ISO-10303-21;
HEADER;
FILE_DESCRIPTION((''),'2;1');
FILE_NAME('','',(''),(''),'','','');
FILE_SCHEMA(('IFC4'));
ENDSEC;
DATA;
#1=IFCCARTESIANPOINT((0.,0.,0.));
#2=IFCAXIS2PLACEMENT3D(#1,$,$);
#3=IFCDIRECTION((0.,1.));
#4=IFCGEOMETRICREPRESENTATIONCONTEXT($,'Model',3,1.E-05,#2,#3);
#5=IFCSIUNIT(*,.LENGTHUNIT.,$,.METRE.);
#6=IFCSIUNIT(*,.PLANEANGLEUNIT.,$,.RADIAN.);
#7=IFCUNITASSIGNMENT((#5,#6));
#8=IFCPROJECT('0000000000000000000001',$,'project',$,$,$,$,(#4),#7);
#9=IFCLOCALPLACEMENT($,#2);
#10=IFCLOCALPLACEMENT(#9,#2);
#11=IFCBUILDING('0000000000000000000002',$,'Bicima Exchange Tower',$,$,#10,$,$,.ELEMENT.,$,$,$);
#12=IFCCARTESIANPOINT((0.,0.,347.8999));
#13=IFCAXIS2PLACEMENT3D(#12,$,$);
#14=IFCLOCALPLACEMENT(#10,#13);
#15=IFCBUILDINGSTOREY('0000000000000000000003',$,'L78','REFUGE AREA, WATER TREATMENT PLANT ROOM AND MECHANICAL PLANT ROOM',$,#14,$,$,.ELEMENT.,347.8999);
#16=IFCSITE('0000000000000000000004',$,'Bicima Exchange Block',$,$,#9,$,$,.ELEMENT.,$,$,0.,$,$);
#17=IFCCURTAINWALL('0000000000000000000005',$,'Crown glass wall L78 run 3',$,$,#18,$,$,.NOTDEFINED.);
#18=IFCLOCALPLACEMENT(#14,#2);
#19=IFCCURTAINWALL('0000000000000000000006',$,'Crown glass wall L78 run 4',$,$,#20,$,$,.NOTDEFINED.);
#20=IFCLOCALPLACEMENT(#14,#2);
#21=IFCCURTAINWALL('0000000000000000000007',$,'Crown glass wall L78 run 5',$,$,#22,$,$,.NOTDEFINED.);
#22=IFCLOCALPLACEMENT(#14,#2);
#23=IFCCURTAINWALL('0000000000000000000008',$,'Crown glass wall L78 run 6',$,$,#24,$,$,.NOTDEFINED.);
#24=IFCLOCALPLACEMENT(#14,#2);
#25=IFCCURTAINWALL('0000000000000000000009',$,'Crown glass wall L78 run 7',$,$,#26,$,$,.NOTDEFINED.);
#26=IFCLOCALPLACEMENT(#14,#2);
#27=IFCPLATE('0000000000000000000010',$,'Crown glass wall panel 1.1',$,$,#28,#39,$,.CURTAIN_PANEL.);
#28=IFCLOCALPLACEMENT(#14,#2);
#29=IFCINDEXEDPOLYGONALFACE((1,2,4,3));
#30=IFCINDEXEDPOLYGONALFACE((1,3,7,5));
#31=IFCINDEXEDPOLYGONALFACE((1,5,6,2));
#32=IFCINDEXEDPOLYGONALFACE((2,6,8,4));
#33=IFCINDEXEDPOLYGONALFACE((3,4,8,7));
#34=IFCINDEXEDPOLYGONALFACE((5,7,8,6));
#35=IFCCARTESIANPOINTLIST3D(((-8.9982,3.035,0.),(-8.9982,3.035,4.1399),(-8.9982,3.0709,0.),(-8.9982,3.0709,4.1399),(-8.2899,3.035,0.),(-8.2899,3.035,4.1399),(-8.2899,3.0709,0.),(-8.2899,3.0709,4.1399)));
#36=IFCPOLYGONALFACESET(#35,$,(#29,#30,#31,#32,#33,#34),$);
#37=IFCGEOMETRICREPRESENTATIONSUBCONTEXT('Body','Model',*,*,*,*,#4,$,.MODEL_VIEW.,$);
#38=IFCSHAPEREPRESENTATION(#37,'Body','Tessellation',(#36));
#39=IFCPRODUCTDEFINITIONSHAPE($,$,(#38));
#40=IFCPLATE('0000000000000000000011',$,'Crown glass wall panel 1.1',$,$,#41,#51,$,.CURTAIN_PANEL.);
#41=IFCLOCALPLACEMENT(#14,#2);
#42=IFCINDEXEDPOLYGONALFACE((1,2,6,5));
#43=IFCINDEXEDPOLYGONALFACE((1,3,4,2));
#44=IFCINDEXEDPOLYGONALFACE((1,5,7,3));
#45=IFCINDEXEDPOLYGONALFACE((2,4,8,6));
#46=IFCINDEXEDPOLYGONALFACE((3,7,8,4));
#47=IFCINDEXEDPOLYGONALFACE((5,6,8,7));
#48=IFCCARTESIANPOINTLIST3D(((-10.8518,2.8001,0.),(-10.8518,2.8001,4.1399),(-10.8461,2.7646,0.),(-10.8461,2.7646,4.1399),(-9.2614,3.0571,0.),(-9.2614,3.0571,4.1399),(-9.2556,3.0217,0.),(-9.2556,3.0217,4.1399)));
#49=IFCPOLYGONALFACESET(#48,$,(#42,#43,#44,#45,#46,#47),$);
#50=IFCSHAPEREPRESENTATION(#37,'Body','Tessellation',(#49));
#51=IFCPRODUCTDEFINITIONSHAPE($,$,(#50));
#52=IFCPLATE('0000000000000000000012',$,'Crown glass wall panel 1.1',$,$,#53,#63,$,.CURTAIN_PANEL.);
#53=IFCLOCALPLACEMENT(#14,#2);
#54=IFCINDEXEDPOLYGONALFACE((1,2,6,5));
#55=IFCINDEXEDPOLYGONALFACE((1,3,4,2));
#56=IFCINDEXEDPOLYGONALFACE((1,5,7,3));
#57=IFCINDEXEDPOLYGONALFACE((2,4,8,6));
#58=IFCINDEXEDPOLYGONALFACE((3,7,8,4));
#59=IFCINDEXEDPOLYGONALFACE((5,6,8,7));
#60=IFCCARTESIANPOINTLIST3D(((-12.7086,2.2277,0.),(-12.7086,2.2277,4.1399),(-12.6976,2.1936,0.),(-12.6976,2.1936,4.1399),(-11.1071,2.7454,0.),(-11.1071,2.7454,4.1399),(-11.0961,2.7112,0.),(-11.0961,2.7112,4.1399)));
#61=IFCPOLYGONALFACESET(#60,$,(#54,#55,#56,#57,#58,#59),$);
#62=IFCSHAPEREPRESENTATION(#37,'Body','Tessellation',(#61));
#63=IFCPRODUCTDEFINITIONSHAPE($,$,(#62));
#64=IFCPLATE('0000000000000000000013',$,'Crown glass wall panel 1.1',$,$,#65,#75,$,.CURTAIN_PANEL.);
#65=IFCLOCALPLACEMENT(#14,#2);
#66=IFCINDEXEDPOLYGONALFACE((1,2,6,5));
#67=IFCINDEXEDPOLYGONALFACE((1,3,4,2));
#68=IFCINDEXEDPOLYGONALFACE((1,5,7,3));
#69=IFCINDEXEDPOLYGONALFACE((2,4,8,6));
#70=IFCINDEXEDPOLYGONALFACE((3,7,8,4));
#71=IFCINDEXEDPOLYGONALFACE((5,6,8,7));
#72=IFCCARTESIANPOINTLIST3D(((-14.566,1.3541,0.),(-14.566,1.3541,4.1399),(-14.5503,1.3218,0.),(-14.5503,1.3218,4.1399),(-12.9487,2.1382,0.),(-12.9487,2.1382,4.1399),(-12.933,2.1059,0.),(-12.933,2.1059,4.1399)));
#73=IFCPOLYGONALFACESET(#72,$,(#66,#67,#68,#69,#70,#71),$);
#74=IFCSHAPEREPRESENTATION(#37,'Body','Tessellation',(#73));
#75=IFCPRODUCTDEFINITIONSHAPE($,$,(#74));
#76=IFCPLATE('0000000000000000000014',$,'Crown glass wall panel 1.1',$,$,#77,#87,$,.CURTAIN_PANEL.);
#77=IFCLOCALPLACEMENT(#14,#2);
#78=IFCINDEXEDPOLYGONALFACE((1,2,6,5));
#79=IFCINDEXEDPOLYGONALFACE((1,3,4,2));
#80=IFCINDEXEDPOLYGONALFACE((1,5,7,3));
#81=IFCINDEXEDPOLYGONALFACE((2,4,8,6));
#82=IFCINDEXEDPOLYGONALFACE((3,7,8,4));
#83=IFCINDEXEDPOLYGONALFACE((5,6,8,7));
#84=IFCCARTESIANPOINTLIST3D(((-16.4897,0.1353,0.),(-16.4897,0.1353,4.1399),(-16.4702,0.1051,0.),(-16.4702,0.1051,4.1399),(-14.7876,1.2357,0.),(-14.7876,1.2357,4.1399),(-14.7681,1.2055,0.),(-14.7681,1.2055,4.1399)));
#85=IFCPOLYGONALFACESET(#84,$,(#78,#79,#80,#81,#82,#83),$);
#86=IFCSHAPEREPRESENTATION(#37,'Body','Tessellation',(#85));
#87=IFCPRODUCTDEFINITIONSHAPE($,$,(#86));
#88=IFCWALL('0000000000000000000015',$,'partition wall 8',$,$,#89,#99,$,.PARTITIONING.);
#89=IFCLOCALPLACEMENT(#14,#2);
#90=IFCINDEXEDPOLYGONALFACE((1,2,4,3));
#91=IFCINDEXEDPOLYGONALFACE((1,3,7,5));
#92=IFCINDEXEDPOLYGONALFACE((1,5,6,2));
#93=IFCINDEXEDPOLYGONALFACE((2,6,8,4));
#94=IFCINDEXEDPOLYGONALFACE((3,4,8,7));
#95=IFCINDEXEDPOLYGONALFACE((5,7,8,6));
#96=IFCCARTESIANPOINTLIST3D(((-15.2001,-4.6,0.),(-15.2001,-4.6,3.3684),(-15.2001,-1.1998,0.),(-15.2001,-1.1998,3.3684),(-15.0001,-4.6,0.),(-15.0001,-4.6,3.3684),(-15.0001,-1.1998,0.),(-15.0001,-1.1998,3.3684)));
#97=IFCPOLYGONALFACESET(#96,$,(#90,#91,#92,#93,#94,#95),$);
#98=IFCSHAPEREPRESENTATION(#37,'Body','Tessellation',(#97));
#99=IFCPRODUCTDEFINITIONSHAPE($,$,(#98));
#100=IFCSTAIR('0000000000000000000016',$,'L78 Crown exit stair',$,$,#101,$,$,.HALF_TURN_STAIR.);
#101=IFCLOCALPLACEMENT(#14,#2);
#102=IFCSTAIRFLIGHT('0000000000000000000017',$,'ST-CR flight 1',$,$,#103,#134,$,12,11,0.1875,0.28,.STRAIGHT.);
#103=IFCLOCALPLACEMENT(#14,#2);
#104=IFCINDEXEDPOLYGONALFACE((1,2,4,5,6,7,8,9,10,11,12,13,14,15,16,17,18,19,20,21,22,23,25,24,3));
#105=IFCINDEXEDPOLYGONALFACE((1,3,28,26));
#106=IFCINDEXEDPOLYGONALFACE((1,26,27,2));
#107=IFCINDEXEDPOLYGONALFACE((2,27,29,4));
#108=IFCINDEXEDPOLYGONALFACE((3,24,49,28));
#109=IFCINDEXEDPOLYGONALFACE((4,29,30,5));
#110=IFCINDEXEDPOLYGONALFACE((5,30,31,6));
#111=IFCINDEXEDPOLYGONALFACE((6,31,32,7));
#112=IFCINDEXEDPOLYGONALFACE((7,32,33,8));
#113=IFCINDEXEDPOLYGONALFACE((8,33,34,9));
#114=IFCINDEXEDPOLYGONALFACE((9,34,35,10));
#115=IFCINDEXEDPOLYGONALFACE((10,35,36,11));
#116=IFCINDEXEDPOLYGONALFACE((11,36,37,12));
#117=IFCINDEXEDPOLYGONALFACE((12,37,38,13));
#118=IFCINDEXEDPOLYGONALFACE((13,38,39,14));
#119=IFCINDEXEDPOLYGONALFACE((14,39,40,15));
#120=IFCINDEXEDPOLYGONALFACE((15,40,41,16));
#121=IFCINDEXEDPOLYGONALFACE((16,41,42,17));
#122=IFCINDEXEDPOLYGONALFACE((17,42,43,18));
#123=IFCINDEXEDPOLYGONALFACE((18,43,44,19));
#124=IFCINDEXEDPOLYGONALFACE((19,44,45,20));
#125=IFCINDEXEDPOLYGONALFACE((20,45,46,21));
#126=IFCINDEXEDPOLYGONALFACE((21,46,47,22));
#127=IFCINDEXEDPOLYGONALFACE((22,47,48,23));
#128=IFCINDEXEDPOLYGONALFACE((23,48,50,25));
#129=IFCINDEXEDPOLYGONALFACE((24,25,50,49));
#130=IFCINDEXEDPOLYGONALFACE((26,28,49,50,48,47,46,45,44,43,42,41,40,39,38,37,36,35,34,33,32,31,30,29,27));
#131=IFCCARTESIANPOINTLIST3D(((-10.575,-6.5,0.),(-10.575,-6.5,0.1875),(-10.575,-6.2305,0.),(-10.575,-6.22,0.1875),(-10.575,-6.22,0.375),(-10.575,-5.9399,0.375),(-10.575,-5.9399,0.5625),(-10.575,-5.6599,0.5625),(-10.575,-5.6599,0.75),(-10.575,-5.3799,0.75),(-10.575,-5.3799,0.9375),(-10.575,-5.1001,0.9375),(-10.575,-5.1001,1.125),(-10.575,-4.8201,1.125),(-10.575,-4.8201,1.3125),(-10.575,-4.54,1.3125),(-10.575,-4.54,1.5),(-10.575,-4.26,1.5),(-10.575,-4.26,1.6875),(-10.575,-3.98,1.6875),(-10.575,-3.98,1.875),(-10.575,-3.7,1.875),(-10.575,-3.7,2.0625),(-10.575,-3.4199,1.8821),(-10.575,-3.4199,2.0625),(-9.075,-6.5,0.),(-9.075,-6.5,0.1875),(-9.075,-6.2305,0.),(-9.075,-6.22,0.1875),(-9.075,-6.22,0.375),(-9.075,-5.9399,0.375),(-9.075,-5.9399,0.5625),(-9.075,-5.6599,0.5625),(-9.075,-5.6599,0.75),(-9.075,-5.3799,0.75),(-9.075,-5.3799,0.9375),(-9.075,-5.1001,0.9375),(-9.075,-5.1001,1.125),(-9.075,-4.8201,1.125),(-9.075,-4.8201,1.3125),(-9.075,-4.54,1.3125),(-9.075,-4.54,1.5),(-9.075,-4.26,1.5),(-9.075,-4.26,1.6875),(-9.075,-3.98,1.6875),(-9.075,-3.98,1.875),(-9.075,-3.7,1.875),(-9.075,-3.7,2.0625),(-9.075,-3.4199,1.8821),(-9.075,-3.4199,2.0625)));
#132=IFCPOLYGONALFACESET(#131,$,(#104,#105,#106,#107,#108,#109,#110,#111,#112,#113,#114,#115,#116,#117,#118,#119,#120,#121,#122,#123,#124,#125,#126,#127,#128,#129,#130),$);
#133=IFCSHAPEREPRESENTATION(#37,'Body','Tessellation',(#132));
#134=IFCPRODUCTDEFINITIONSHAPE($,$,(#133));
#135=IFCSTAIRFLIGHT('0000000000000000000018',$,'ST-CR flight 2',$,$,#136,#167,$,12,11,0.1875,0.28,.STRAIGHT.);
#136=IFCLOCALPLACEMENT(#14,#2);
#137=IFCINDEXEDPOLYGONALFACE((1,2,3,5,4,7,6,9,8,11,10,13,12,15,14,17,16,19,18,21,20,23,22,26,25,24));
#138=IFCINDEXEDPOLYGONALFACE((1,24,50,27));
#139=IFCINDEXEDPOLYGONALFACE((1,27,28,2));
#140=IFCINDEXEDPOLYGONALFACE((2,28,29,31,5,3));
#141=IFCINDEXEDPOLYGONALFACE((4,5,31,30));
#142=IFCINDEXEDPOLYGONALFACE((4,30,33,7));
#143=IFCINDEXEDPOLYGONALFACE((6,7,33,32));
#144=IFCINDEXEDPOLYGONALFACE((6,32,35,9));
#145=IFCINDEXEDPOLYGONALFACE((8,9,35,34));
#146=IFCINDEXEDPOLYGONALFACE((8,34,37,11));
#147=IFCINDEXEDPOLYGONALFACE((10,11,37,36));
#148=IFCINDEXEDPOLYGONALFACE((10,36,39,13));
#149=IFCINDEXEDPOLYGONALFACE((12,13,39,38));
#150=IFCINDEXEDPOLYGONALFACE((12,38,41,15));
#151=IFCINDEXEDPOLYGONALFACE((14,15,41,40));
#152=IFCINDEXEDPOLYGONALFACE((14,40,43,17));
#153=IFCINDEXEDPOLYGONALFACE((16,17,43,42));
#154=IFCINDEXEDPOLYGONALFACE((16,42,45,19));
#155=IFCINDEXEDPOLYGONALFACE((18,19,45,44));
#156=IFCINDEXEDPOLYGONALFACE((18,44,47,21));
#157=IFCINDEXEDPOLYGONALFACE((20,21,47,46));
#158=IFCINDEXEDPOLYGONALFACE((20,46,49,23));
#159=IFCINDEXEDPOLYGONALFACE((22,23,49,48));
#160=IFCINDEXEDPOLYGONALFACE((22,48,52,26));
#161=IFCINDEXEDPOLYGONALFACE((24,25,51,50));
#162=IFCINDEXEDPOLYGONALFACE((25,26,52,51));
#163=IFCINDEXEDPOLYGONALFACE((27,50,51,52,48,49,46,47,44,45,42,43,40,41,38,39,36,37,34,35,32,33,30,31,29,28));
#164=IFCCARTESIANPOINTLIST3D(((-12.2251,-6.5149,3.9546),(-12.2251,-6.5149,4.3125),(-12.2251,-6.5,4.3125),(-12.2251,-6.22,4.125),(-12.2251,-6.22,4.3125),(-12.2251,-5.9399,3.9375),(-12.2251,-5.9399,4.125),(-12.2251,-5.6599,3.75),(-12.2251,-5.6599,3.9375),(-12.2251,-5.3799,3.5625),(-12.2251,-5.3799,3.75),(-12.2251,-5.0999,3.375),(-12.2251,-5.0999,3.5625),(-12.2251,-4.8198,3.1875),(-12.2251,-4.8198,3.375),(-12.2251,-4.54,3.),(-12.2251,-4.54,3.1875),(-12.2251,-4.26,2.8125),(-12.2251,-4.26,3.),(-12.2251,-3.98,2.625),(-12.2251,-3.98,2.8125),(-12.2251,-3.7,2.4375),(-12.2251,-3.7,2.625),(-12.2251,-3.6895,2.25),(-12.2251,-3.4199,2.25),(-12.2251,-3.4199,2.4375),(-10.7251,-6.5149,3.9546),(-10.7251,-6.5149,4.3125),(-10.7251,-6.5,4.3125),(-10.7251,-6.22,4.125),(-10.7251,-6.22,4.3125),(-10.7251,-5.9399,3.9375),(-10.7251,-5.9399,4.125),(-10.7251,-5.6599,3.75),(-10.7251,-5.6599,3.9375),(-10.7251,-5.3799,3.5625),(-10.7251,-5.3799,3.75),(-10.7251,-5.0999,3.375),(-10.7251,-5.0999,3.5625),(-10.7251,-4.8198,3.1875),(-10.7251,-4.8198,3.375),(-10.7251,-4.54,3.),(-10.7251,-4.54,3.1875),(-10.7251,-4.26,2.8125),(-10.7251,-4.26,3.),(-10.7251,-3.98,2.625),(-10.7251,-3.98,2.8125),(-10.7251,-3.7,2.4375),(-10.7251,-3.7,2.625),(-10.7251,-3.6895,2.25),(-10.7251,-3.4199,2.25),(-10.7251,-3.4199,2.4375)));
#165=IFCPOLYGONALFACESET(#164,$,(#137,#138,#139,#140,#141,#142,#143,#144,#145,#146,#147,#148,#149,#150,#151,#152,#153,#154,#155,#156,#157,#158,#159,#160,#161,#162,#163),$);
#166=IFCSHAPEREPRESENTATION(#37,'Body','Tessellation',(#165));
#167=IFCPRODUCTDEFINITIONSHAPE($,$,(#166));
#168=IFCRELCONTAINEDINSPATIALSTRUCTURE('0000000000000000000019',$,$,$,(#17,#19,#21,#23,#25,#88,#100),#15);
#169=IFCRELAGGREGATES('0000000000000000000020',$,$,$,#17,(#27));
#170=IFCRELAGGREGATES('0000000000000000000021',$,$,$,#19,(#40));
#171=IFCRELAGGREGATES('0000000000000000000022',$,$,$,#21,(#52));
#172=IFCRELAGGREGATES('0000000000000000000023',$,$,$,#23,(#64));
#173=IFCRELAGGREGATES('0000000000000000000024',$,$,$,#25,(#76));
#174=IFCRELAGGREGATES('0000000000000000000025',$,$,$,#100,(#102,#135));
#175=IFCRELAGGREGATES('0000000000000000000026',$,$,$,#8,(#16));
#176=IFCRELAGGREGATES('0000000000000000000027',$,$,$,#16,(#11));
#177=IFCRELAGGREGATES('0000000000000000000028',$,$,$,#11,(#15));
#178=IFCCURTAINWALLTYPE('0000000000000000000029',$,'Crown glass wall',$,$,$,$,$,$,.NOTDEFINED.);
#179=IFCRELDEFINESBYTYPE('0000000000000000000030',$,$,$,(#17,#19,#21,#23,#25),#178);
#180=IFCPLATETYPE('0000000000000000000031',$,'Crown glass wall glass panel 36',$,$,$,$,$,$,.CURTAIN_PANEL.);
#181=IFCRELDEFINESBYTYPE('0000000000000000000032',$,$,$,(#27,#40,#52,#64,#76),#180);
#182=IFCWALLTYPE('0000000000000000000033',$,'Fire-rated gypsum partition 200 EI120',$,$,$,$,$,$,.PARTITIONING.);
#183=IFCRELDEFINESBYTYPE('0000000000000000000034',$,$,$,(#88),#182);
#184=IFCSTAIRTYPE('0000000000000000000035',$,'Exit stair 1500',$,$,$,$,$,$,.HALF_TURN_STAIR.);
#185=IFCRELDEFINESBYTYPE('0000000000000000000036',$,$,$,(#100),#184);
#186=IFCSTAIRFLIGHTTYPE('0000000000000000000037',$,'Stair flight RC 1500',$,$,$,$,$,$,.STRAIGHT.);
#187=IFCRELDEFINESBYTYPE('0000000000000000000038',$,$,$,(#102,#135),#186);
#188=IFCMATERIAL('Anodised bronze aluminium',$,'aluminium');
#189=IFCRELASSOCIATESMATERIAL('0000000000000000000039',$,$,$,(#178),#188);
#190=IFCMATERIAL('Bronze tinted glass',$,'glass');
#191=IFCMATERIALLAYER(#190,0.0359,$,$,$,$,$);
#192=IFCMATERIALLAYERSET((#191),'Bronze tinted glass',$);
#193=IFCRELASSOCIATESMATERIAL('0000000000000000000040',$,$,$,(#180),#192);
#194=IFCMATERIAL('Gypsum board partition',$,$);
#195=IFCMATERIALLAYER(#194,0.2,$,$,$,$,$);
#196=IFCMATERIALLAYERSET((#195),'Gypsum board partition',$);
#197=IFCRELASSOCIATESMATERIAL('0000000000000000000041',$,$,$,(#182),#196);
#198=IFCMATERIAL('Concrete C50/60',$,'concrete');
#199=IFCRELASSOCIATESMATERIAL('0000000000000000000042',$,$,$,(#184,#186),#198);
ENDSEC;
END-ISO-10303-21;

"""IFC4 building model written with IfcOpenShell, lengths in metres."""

from ifc_helpers import new_model, si_unit, direction, frame, frame_2d, origin, origin_2d, place, context, subcontext, project, spatial, polyline, rectangle, outline, extrude, material, layer, layer_set, type_object, element, aggregate, save


model = new_model("IFC4")

# Units and contexts
model_context = context("Model", 3, precision=1e-05, world=origin(), true_north=direction((0.0, 1.0)))
body_context = subcontext(model_context, "Body", "Model", "MODEL_VIEW")
ifc_project = project(units=[si_unit("LENGTHUNIT", "METRE"), si_unit("PLANEANGLEUNIT", "RADIAN")], contexts=[model_context])

# Site, building, storey
site_placement = place(None, origin())
site = spatial("IfcSite", under=ifc_project, at=site_placement, Name="Bicima Exchange Block", CompositionType="ELEMENT", RefElevation=0.0)
building_placement = place(site_placement, origin())
building = spatial("IfcBuilding", under=site, at=building_placement, Name="Bicima Exchange Tower", CompositionType="ELEMENT")
storey_placement = place(building_placement, frame((0.0, 0.0, 347.8999)))
storey = spatial("IfcBuildingStorey", under=building, at=storey_placement, Name="L78", Description="REFUGE AREA, WATER TREATMENT PLANT ROOM AND MECHANICAL PLANT ROOM", CompositionType="ELEMENT", Elevation=347.8999)

# Curtain walls
ifc_material_1 = material(Name="Anodised bronze aluminium", Category="aluminium")
curtain_wall_type = type_object("IfcCurtainWallType", Name="Crown glass wall", PredefinedType="NOTDEFINED", material=ifc_material_1)
curtain_wall_1_placement = place(storey_placement, origin())
curtain_wall_1 = element("IfcCurtainWall", 1, at=curtain_wall_1_placement, inside=storey, type_object=curtain_wall_type, Name="Crown glass wall L78 run 3", PredefinedType="NOTDEFINED")
curtain_wall_2_placement = place(storey_placement, origin())
curtain_wall_2 = element("IfcCurtainWall", 2, at=curtain_wall_2_placement, inside=storey, type_object=curtain_wall_type, Name="Crown glass wall L78 run 4", PredefinedType="NOTDEFINED")
curtain_wall_3_placement = place(storey_placement, origin())
curtain_wall_3 = element("IfcCurtainWall", 3, at=curtain_wall_3_placement, inside=storey, type_object=curtain_wall_type, Name="Crown glass wall L78 run 5", PredefinedType="NOTDEFINED")
curtain_wall_4_placement = place(storey_placement, origin())
curtain_wall_4 = element("IfcCurtainWall", 4, at=curtain_wall_4_placement, inside=storey, type_object=curtain_wall_type, Name="Crown glass wall L78 run 6", PredefinedType="NOTDEFINED")

# Curtain wall
curtain_wall_5_placement = place(storey_placement, origin())
curtain_wall_5 = element("IfcCurtainWall", 5, at=curtain_wall_5_placement, inside=storey, type_object=curtain_wall_type, Name="Crown glass wall L78 run 7", PredefinedType="NOTDEFINED")

# Plates
ifc_material_2 = material(Name="Bronze tinted glass", Category="glass")
ifc_layer_1 = layer(ifc_material_2, 0.0359)
ifc_layer_set_1 = layer_set([ifc_layer_1], Name="Bronze tinted glass")
plate_type = type_object("IfcPlateType", Name="Crown glass wall glass panel 36", PredefinedType="CURTAIN_PANEL", material=ifc_layer_set_1)
plate_1_placement = place(storey_placement, frame((-8.644, 3.053, 0.0), z_axis=(0.0, 0.0, 1.0), x_axis=(-1.0, 0.0, 0.0)))
plate_1 = element("IfcPlate", 6, at=plate_1_placement, type_object=plate_type, Name="Crown glass wall panel 1.1", PredefinedType="CURTAIN_PANEL", context=body_context, shape_type="SweptSolid", body=[
    extrude(rectangle(XDim=0.7083, YDim=0.0359, at=origin_2d()), origin(), (0.0, 0.0, 1.0), 4.1399),
])
aggregate(curtain_wall_1, [plate_1])
plate_2_placement = place(storey_placement, frame((-10.0537, 2.9109, 0.0), z_axis=(0.0, 0.0, 1.0), x_axis=(-0.98719, -0.15955, 0.0)))
plate_2 = element("IfcPlate", 7, at=plate_2_placement, type_object=plate_type, Name="Crown glass wall panel 1.1", PredefinedType="CURTAIN_PANEL", context=body_context, shape_type="SweptSolid", body=[
    extrude(rectangle(XDim=1.6111, YDim=0.0359, at=origin_2d()), origin(), (0.0, 0.0, 1.0), 4.1399),
])
aggregate(curtain_wall_2, [plate_2])
plate_3_placement = place(storey_placement, frame((-11.9023, 2.4695, 0.0), z_axis=(0.0, 0.0, 1.0), x_axis=(-0.951525, -0.307573, 0.0)))
plate_3 = element("IfcPlate", 8, at=plate_3_placement, type_object=plate_type, Name="Crown glass wall panel 1.1", PredefinedType="CURTAIN_PANEL", context=body_context, shape_type="SweptSolid", body=[
    extrude(rectangle(XDim=1.6831, YDim=0.0359, at=origin_2d()), origin(), (0.0, 0.0, 1.0), 4.1399),
])
aggregate(curtain_wall_3, [plate_3])
plate_4_placement = place(storey_placement, frame((-13.7495, 1.73, 0.0), z_axis=(0.0, 0.0, 1.0), x_axis=(-0.899818, -0.436265, 0.0)))
plate_4 = element("IfcPlate", 9, at=plate_4_placement, type_object=plate_type, Name="Crown glass wall panel 1.1", PredefinedType="CURTAIN_PANEL", context=body_context, shape_type="SweptSolid", body=[
    extrude(rectangle(XDim=1.7974, YDim=0.0359, at=origin_2d()), origin(), (0.0, 0.0, 1.0), 4.1399),
])
aggregate(curtain_wall_4, [plate_4])
plate_5_placement = place(storey_placement, frame((-15.6289, 0.6704, 0.0), z_axis=(0.0, 0.0, 1.0), x_axis=(-0.83979, -0.542911, 0.0)))
plate_5 = element("IfcPlate", 10, at=plate_5_placement, type_object=plate_type, Name="Crown glass wall panel 1.1", PredefinedType="CURTAIN_PANEL", context=body_context, shape_type="SweptSolid", body=[
    extrude(rectangle(XDim=2.0269, YDim=0.0359, at=origin_2d()), origin(), (0.0, 0.0, 1.0), 4.1399),
])
aggregate(curtain_wall_5, [plate_5])

# Wall
ifc_material_3 = material(Name="Gypsum board partition")
ifc_layer_2 = layer(ifc_material_3, 0.2)
ifc_layer_set_2 = layer_set([ifc_layer_2], Name="Gypsum board partition")
wall_type = type_object("IfcWallType", Name="Fire-rated gypsum partition 200 EI120", PredefinedType="PARTITIONING", material=ifc_layer_set_2)
wall_placement = place(storey_placement, frame((-15.1001, -4.6001, 0.0), z_axis=(0.0, 0.0, 1.0), x_axis=(0.0, 1.0, 0.0)))
element("IfcWall", 11, at=wall_placement, inside=storey, type_object=wall_type, Name="partition wall 8", PredefinedType="PARTITIONING", context=body_context, shape_type="SweptSolid", body=[
    extrude(rectangle(XDim=3.4001, YDim=0.2, at=frame_2d((1.7002, 0.0))), origin(), (0.0, 0.0, 1.0), 3.3684),
])

# Stair, stair flights
ifc_material_4 = material(Name="Concrete C50/60", Category="concrete")
stair_type = type_object("IfcStairType", Name="Exit stair 1500", PredefinedType="HALF_TURN_STAIR", material=ifc_material_4)
stair_placement = place(storey_placement, origin())
stair = element("IfcStair", 12, at=stair_placement, inside=storey, type_object=stair_type, Name="L78 Crown exit stair", PredefinedType="HALF_TURN_STAIR")
stair_flight_type = type_object("IfcStairFlightType", Name="Stair flight RC 1500", PredefinedType="STRAIGHT", material=ifc_material_4)
stair_flight_1_placement = place(storey_placement, frame((-9.825, -6.5, 0.0), z_axis=(0.0, 0.0, 1.0), x_axis=(0.0, 1.0, 0.0)))
stair_flight_1 = element("IfcStairFlight", 13, at=stair_flight_1_placement, type_object=stair_flight_type, Name="ST-CR flight 1", NumberOfRisers=12, NumberOfTreads=11, PredefinedType="STRAIGHT", RiserHeight=0.1875, TreadLength=0.28, context=body_context, shape_type="SweptSolid", body=[
    extrude(outline(polyline([(0.0, 0.0), (0.0, 0.1875), (0.28, 0.1875), (0.28, 0.375), (0.5601, 0.375), (0.5601, 0.5625), (0.8401, 0.5625), (0.8401, 0.75), (1.1201, 0.75), (1.1201, 0.9375), (1.3999, 0.9375), (1.3999, 1.125), (1.6799, 1.125), (1.6799, 1.3125), (1.96, 1.3125), (1.96, 1.5), (2.24, 1.5), (2.24, 1.6875), (2.52, 1.6875), (2.52, 1.875), (2.8, 1.875), (2.8, 2.0625), (3.0801, 2.0625), (3.0801, 2.25), (3.0801, 1.8821), (0.2695, 0.0), (0.0, 0.0)])), frame((0.0, 0.75, 0.0), z_axis=(0.0, -1.0, 0.0), x_axis=(1.0, 0.0, 0.0)), (0.0, 0.0, 1.0), 1.5),
])
stair_flight_2_placement = place(storey_placement, frame((-11.4751, -3.4199, 2.25), z_axis=(0.0, 0.0, 1.0), x_axis=(0.0, -1.0, 0.0)))
stair_flight_2 = element("IfcStairFlight", 14, at=stair_flight_2_placement, type_object=stair_flight_type, Name="ST-CR flight 2", NumberOfRisers=12, NumberOfTreads=11, PredefinedType="STRAIGHT", RiserHeight=0.1875, TreadLength=0.28, context=body_context, shape_type="SweptSolid", body=[
    extrude(outline(polyline([(0.0, 0.0), (0.0, 0.1875), (0.28, 0.1875), (0.28, 0.375), (0.5601, 0.375), (0.5601, 0.5625), (0.8401, 0.5625), (0.8401, 0.75), (1.1201, 0.75), (1.1201, 0.9375), (1.3999, 0.9375), (1.3999, 1.125), (1.6799, 1.125), (1.6799, 1.3125), (1.96, 1.3125), (1.96, 1.5), (2.24, 1.5), (2.24, 1.6875), (2.52, 1.6875), (2.52, 1.875), (2.8, 1.875), (2.8, 2.0625), (3.0801, 2.0625), (3.095, 2.0625), (3.095, 1.7046), (0.2695, 0.0), (0.0, 0.0)])), frame((0.0, 0.75, 0.0), z_axis=(0.0, -1.0, 0.0), x_axis=(1.0, 0.0, 0.0)), (0.0, 0.0, 1.0), 1.5),
])
aggregate(stair, [stair_flight_1, stair_flight_2])

save(model, "model.ifc")
